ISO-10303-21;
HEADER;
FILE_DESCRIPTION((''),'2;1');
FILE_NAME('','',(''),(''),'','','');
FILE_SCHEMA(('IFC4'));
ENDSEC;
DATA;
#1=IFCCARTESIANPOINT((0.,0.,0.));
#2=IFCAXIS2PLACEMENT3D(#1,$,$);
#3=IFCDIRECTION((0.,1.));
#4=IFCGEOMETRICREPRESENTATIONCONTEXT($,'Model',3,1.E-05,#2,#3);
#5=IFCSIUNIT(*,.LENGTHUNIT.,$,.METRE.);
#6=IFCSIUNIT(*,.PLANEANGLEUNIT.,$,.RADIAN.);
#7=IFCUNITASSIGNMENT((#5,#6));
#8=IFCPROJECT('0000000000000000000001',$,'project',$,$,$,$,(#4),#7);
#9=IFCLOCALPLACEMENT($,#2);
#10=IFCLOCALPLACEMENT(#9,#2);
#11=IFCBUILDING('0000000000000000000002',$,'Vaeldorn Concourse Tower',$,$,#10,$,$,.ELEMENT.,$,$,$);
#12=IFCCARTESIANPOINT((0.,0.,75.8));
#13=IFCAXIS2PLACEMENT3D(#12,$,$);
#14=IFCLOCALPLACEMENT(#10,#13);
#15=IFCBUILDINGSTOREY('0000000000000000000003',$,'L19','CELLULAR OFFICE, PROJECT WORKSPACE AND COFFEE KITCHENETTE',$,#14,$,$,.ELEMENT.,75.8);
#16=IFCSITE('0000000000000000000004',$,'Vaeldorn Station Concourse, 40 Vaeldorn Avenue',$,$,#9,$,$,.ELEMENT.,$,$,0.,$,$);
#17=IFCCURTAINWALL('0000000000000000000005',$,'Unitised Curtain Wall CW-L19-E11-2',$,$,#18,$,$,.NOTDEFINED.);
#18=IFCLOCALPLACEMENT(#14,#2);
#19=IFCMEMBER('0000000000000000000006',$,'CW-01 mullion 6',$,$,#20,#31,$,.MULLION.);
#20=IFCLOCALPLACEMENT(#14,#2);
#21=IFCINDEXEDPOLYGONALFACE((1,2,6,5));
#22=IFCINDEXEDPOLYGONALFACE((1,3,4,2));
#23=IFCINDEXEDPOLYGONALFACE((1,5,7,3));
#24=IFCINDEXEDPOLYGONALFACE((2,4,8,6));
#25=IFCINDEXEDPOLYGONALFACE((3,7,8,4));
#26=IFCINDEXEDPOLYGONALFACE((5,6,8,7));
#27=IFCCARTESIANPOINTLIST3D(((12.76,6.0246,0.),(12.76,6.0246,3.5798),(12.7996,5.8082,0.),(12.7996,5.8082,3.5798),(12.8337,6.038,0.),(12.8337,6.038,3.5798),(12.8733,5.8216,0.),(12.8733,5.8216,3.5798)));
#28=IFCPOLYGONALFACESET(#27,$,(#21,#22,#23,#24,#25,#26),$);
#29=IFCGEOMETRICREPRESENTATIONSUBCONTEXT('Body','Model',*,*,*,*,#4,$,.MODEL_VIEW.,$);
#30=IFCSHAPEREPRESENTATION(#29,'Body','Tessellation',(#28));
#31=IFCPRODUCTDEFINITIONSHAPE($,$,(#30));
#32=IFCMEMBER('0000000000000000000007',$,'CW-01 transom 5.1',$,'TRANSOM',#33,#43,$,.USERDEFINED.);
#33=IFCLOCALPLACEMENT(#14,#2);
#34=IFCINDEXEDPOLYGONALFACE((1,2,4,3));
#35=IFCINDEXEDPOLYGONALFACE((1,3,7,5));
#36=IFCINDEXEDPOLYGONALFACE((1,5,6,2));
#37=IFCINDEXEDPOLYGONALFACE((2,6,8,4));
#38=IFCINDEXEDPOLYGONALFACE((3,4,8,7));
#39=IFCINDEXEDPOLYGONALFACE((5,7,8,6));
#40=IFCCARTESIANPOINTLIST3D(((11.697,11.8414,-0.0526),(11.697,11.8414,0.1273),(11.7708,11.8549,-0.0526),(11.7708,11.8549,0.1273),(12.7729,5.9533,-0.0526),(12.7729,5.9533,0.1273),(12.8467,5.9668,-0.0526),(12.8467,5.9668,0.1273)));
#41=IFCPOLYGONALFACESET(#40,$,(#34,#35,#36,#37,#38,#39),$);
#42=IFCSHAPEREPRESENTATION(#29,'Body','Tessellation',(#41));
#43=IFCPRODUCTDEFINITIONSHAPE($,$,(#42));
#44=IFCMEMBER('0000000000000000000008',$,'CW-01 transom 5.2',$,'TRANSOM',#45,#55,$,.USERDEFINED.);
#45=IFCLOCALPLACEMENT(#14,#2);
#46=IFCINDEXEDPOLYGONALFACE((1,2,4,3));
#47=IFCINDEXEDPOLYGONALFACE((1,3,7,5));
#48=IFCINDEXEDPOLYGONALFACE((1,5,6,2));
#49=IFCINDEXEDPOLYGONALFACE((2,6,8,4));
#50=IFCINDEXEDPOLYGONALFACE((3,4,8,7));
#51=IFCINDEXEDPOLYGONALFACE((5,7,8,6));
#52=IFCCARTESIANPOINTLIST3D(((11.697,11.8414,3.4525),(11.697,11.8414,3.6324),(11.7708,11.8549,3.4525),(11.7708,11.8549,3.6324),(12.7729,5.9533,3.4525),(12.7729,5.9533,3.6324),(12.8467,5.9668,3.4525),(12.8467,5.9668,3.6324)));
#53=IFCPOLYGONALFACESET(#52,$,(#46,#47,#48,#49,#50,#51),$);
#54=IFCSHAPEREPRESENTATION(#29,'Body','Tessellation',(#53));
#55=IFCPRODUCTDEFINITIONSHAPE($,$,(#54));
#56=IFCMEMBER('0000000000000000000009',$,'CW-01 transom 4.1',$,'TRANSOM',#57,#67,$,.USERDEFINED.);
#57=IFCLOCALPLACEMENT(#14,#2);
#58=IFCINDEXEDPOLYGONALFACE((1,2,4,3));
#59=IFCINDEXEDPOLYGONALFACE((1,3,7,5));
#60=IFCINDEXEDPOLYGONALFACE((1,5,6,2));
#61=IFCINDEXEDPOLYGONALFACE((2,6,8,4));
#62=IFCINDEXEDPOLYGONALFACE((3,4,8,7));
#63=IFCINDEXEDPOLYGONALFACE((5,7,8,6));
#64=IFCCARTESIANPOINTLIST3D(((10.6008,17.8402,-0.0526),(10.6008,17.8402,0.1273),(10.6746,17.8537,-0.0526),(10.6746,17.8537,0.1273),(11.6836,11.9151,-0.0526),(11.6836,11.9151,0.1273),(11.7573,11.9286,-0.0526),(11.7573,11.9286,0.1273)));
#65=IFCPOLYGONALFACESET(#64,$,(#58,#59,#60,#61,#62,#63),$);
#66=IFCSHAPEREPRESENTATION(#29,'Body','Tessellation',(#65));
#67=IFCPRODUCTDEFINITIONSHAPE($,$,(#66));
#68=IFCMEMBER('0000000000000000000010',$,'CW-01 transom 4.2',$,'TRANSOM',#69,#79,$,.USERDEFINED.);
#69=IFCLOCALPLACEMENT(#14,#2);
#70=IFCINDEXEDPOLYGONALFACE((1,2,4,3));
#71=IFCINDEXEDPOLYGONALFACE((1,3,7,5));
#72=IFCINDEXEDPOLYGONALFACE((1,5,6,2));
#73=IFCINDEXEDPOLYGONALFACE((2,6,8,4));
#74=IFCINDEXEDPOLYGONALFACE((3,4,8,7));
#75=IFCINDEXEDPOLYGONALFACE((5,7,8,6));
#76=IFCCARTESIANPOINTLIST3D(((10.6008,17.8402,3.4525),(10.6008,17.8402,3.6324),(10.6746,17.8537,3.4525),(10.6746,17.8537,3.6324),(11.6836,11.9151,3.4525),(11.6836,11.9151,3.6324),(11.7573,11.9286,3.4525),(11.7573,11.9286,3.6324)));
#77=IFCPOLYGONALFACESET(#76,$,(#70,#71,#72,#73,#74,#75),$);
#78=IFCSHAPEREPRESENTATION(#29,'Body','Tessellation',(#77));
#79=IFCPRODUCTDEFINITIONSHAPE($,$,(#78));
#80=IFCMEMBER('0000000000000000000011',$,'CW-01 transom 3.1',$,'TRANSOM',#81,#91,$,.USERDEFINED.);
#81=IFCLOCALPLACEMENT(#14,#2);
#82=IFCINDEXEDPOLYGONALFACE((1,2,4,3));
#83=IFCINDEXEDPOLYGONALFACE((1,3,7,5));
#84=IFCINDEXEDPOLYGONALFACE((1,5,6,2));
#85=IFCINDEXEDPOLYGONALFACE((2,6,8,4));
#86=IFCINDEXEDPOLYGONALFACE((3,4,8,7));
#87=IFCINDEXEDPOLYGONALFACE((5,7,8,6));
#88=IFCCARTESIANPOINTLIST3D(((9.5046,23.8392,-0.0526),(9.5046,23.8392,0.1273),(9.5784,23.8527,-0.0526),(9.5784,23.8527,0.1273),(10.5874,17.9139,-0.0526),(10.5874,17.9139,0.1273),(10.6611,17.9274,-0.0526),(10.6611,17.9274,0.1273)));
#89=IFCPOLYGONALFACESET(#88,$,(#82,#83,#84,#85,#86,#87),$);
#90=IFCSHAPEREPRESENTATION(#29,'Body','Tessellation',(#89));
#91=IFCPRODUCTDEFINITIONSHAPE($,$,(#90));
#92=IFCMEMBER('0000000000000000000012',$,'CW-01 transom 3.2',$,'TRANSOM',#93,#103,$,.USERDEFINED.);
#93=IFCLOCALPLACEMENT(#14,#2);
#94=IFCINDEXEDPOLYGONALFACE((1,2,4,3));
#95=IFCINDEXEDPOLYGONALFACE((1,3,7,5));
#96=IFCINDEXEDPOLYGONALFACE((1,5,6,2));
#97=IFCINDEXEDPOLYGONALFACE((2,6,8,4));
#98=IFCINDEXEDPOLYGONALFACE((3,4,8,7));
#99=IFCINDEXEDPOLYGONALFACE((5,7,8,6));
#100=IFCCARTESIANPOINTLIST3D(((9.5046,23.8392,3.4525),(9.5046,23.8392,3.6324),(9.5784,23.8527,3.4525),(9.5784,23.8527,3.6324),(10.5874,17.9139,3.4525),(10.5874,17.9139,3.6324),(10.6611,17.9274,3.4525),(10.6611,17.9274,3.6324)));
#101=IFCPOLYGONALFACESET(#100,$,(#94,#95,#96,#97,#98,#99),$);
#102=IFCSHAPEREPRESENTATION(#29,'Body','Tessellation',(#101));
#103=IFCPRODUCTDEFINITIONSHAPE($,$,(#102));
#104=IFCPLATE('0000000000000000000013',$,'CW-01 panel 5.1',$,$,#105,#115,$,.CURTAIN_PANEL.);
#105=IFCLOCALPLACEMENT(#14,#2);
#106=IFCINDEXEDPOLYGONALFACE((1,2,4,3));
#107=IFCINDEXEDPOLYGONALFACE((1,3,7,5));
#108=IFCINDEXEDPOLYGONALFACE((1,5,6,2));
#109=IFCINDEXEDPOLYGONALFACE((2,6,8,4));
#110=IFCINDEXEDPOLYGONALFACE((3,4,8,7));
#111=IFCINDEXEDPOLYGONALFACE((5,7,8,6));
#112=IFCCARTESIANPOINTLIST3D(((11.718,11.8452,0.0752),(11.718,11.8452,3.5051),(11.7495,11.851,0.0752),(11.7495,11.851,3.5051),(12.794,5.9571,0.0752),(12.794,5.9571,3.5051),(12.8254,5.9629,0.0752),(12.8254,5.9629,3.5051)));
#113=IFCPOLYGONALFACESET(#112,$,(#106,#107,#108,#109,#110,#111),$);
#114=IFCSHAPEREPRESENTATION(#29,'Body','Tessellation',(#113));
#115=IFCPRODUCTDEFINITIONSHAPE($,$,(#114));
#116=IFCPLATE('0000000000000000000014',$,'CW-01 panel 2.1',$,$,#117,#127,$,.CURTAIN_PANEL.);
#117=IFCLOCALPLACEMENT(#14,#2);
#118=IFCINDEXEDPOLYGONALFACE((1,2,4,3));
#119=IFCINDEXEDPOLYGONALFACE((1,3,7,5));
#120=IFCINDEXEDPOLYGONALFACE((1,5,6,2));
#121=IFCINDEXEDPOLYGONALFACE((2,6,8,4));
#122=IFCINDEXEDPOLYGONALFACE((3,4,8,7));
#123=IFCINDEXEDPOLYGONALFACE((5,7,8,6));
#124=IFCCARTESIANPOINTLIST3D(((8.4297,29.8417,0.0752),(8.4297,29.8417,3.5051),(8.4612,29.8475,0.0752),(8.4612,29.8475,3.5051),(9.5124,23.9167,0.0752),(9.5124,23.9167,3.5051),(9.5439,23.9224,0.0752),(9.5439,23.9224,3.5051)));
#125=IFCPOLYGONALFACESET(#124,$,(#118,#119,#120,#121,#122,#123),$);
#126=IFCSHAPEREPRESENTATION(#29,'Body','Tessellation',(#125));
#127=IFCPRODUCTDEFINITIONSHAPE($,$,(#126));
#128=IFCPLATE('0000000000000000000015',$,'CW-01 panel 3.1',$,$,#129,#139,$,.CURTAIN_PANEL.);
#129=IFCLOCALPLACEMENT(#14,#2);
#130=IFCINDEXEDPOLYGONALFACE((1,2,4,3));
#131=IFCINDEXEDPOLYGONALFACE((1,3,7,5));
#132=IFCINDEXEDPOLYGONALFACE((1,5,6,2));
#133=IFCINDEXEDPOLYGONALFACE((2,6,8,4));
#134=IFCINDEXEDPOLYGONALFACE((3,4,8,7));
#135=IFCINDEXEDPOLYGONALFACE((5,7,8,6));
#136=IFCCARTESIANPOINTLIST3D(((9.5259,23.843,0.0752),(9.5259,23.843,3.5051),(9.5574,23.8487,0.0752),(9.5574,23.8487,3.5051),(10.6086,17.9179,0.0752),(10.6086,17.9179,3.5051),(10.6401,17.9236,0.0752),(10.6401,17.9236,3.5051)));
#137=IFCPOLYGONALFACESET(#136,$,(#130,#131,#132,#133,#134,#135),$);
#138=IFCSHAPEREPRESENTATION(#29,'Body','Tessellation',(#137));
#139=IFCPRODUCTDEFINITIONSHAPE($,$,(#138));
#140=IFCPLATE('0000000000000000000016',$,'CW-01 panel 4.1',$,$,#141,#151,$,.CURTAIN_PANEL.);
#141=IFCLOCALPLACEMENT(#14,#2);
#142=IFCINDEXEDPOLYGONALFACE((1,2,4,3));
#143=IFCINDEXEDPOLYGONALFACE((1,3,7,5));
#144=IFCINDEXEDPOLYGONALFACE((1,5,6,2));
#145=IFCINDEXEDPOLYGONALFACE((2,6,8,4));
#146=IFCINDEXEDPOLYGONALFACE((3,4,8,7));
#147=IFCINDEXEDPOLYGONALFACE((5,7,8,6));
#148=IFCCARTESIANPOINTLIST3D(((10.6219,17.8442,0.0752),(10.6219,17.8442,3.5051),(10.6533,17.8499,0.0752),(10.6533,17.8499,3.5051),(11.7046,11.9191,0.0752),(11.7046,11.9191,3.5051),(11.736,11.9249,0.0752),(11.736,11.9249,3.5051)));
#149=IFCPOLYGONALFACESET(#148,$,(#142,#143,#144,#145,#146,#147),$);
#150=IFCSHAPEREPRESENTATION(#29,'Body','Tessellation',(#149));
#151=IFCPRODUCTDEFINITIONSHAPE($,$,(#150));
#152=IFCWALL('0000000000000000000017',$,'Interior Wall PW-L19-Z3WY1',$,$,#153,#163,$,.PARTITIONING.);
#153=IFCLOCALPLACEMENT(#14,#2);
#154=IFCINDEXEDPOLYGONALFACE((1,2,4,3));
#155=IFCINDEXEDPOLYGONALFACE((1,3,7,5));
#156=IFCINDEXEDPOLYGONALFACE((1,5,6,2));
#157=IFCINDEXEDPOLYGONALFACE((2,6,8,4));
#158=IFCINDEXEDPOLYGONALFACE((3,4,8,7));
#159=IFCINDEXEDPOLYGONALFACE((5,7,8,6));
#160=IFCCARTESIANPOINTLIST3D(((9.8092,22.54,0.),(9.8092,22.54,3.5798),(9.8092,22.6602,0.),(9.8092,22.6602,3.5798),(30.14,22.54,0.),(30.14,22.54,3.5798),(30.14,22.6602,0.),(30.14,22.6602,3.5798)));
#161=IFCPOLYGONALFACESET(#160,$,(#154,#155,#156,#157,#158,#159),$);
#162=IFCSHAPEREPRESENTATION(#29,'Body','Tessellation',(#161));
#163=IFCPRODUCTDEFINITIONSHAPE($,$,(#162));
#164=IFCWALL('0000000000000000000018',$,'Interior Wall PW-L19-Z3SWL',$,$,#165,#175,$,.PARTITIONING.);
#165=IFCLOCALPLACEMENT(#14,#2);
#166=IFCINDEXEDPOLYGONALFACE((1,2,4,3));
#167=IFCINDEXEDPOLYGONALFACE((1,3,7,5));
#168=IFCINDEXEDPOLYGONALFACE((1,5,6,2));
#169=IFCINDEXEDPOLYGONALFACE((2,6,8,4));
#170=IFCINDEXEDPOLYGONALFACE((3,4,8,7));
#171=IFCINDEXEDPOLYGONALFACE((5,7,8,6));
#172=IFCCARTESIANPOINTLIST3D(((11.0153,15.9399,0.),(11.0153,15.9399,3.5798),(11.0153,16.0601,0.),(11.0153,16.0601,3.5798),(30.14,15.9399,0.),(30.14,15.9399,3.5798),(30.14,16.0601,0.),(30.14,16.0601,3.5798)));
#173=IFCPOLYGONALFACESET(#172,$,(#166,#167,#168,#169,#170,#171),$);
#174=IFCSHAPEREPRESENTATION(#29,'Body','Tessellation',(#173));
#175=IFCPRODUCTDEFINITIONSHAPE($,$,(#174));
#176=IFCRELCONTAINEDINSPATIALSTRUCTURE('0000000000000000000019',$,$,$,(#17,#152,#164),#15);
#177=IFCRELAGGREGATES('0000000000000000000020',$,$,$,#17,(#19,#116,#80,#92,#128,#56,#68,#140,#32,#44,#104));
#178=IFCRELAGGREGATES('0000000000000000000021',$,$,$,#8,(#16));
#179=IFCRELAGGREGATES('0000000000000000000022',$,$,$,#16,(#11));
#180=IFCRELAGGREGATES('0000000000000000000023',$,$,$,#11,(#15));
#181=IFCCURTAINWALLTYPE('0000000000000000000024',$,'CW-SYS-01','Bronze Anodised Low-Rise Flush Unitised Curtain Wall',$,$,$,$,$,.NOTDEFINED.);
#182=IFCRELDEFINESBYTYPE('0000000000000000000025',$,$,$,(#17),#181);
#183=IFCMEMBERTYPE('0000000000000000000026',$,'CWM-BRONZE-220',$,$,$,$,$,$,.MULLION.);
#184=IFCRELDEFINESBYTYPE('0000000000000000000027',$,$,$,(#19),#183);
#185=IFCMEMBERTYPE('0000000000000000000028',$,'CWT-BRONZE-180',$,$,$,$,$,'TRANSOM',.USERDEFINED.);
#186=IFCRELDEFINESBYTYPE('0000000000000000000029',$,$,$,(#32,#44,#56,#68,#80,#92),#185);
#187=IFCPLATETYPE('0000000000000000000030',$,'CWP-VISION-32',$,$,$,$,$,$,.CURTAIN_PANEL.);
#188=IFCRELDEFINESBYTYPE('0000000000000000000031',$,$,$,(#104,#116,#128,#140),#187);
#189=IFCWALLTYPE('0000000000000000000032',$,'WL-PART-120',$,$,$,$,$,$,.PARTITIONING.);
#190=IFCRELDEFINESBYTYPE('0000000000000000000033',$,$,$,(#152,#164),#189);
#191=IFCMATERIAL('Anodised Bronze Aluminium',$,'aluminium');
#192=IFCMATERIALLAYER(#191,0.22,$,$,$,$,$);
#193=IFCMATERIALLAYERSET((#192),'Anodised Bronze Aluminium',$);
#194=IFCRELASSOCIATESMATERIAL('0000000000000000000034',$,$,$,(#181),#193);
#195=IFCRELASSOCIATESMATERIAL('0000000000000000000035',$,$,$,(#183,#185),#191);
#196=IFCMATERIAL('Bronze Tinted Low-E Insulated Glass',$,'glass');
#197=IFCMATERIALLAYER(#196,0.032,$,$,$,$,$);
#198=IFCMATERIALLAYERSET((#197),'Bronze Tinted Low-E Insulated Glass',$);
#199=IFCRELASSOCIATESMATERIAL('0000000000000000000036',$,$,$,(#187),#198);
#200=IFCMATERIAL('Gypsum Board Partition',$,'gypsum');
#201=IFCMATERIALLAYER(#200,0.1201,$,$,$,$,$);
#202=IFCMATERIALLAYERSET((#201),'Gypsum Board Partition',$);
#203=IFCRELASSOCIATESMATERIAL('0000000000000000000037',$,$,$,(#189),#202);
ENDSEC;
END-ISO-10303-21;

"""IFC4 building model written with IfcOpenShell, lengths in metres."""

from ifc_helpers import new_model, si_unit, direction, frame, frame_2d, origin, origin_2d, place, context, subcontext, project, spatial, rectangle, extrude, source, transform, mapped, material, layer, layer_set, material_profile, profile_set, type_object, element, aggregate, save


model = new_model("IFC4")

# Units and contexts
model_context = context("Model", 3, precision=1e-05, world=origin(), true_north=direction((0.0, 1.0)))
body_context = subcontext(model_context, "Body", "Model", "MODEL_VIEW")
ifc_project = project(units=[si_unit("LENGTHUNIT", "METRE"), si_unit("PLANEANGLEUNIT", "RADIAN")], contexts=[model_context])

# Site, building, storey
site_placement = place(None, origin())
site = spatial("IfcSite", under=ifc_project, at=site_placement, Name="Vaeldorn Station Concourse, 40 Vaeldorn Avenue", CompositionType="ELEMENT", RefElevation=0.0)
building_placement = place(site_placement, origin())
building = spatial("IfcBuilding", under=site, at=building_placement, Name="Vaeldorn Concourse Tower", CompositionType="ELEMENT")
storey_placement = place(building_placement, frame((0.0, 0.0, 75.8)))
storey = spatial("IfcBuildingStorey", under=building, at=storey_placement, Name="L19", Description="CELLULAR OFFICE, PROJECT WORKSPACE AND COFFEE KITCHENETTE", CompositionType="ELEMENT", Elevation=75.8)

# Curtain wall, members, plates
ifc_material_1 = material(Name="Anodised Bronze Aluminium", Category="aluminium")
ifc_layer_1 = layer(ifc_material_1, 0.22)
ifc_layer_set_1 = layer_set([ifc_layer_1], Name="Anodised Bronze Aluminium")
curtain_wall_type = type_object("IfcCurtainWallType", Name="CW-SYS-01", Description="Bronze Anodised Low-Rise Flush Unitised Curtain Wall", PredefinedType="NOTDEFINED", material=ifc_layer_set_1)
curtain_wall_placement = place(storey_placement, origin())
curtain_wall = element("IfcCurtainWall", 1, at=curtain_wall_placement, inside=storey, type_object=curtain_wall_type, Name="Unitised Curtain Wall CW-L19-E11-2", PredefinedType="NOTDEFINED")
ifc_material_profile_1 = material_profile(ifc_material_1, rectangle(XDim=0.075, YDim=0.22, at=origin_2d()), Name="CWM 75x220")
ifc_profile_set_1 = profile_set([ifc_material_profile_1], Name="Anodised Bronze Aluminium")
member_type_1 = type_object("IfcMemberType", Name="CWM-BRONZE-220", PredefinedType="MULLION", material=ifc_profile_set_1)
shared_shape_1 = source(origin(), body_context, "Body", "SweptSolid", [
    extrude(rectangle(XDim=0.075, YDim=0.22, at=origin_2d()), origin(), (0.0, 0.0, 1.0), 3.5798),
])
member_1_placement = place(storey_placement, frame((12.8167, 5.9231, 0.0), z_axis=(0.0, 0.0, 1.0), x_axis=(0.983712, 0.179751, 0.0)))
member_1 = element("IfcMember", 2, at=member_1_placement, type_object=member_type_1, Name="CW-01 mullion 6", PredefinedType="MULLION", context=body_context, shape_type="MappedRepresentation", body=[
    mapped(shared_shape_1, transform((0.0, 0.0, 0.0), scale=1.0)),
])
ifc_material_profile_2 = material_profile(ifc_material_1, rectangle(XDim=0.075, YDim=0.1799, at=origin_2d()), Name="CWT 75x180")
ifc_profile_set_2 = profile_set([ifc_material_profile_2], Name="Anodised Bronze Aluminium")
member_type_2 = type_object("IfcMemberType", Name="CWT-BRONZE-180", ElementType="TRANSOM", PredefinedType="USERDEFINED", material=ifc_profile_set_2)
shared_shape_2 = source(origin(), body_context, "Body", "SweptSolid", [
    extrude(rectangle(XDim=0.075, YDim=0.1799, at=origin_2d()), origin(), (0.0, 0.0, 1.0), 5.9856),
])
member_2_placement = place(storey_placement, frame((11.7339, 11.8481, 0.0374), z_axis=(0.17975, -0.983712, 0.0), x_axis=(0.983712, 0.17975, 0.0)))
member_2 = element("IfcMember", 3, at=member_2_placement, type_object=member_type_2, Name="CW-01 transom 5.1", ObjectType="TRANSOM", PredefinedType="USERDEFINED", context=body_context, shape_type="MappedRepresentation", body=[
    mapped(shared_shape_2, transform((0.0, 0.0, 0.0), scale=1.0)),
])
member_3_placement = place(storey_placement, frame((11.7339, 11.8481, 3.5425), z_axis=(0.17975, -0.983712, 0.0), x_axis=(0.983712, 0.17975, 0.0)))
member_3 = element("IfcMember", 4, at=member_3_placement, type_object=member_type_2, Name="CW-01 transom 5.2", ObjectType="TRANSOM", PredefinedType="USERDEFINED", context=body_context, shape_type="MappedRepresentation", body=[
    mapped(shared_shape_2, transform((0.0, 0.0, 0.0), scale=1.0)),
])
shared_shape_3 = source(origin(), body_context, "Body", "SweptSolid", [
    extrude(rectangle(XDim=0.075, YDim=0.1799, at=origin_2d()), origin(), (0.0, 0.0, 1.0), 6.0232),
])
member_4_placement = place(storey_placement, frame((10.6377, 17.8469, 0.0374), z_axis=(0.179766, -0.983709, 0.0), x_axis=(0.983709, 0.179766, 0.0)))
member_4 = element("IfcMember", 5, at=member_4_placement, type_object=member_type_2, Name="CW-01 transom 4.1", ObjectType="TRANSOM", PredefinedType="USERDEFINED", context=body_context, shape_type="MappedRepresentation", body=[
    mapped(shared_shape_3, transform((0.0, 0.0, 0.0), scale=1.0)),
])
member_5_placement = place(storey_placement, frame((10.6377, 17.8469, 3.5425), z_axis=(0.179766, -0.983709, 0.0), x_axis=(0.983709, 0.179766, 0.0)))
member_5 = element("IfcMember", 6, at=member_5_placement, type_object=member_type_2, Name="CW-01 transom 4.2", ObjectType="TRANSOM", PredefinedType="USERDEFINED", context=body_context, shape_type="MappedRepresentation", body=[
    mapped(shared_shape_3, transform((0.0, 0.0, 0.0), scale=1.0)),
])
shared_shape_4 = source(origin(), body_context, "Body", "SweptSolid", [
    extrude(rectangle(XDim=0.075, YDim=0.1799, at=origin_2d()), origin(), (0.0, 0.0, 1.0), 6.0234),
])
member_6_placement = place(storey_placement, frame((9.5415, 23.8459, 0.0374), z_axis=(0.179759, -0.983711, 0.0), x_axis=(0.983711, 0.179759, 0.0)))
member_6 = element("IfcMember", 7, at=member_6_placement, type_object=member_type_2, Name="CW-01 transom 3.1", ObjectType="TRANSOM", PredefinedType="USERDEFINED", context=body_context, shape_type="MappedRepresentation", body=[
    mapped(shared_shape_4, transform((0.0, 0.0, 0.0), scale=1.0)),
])
member_7_placement = place(storey_placement, frame((9.5415, 23.8459, 3.5425), z_axis=(0.179759, -0.983711, 0.0), x_axis=(0.983711, 0.179759, 0.0)))
member_7 = element("IfcMember", 8, at=member_7_placement, type_object=member_type_2, Name="CW-01 transom 3.2", ObjectType="TRANSOM", PredefinedType="USERDEFINED", context=body_context, shape_type="MappedRepresentation", body=[
    mapped(shared_shape_4, transform((0.0, 0.0, 0.0), scale=1.0)),
])
ifc_material_2 = material(Name="Bronze Tinted Low-E Insulated Glass", Category="glass")
ifc_layer_2 = layer(ifc_material_2, 0.032)
ifc_layer_set_2 = layer_set([ifc_layer_2], Name="Bronze Tinted Low-E Insulated Glass")
plate_type = type_object("IfcPlateType", Name="CWP-VISION-32", PredefinedType="CURTAIN_PANEL", material=ifc_layer_set_2)
shared_shape_5 = source(origin(), body_context, "Body", "SweptSolid", [
    extrude(rectangle(XDim=5.9856, YDim=0.032, at=origin_2d()), origin(), (0.0, 0.0, 1.0), 3.4299),
])
plate_1_placement = place(storey_placement, frame((12.2717, 8.9041, 0.0752), z_axis=(0.0, 0.0, 1.0), x_axis=(0.179751, -0.983712, 0.0)))
plate_1 = element("IfcPlate", 9, at=plate_1_placement, type_object=plate_type, Name="CW-01 panel 5.1", PredefinedType="CURTAIN_PANEL", context=body_context, shape_type="MappedRepresentation", body=[
    mapped(shared_shape_5, transform((0.0, 0.0, 0.0), scale=1.0)),
])
shared_shape_6 = source(origin(), body_context, "Body", "SweptSolid", [
    extrude(rectangle(XDim=6.0232, YDim=0.032, at=origin_2d()), origin(), (0.0, 0.0, 1.0), 3.4299),
])
plate_2_placement = place(storey_placement, frame((8.9868, 26.8821, 0.0752), z_axis=(0.0, 0.0, 1.0), x_axis=(0.179751, -0.983712, 0.0)))
plate_2 = element("IfcPlate", 10, at=plate_2_placement, type_object=plate_type, Name="CW-01 panel 2.1", PredefinedType="CURTAIN_PANEL", context=body_context, shape_type="MappedRepresentation", body=[
    mapped(shared_shape_6, transform((0.0, 0.0, 0.0), scale=1.0)),
])
plate_3_placement = place(storey_placement, frame((10.083, 20.8833, 0.0752), z_axis=(0.0, 0.0, 1.0), x_axis=(0.179751, -0.983712, 0.0)))
plate_3 = element("IfcPlate", 11, at=plate_3_placement, type_object=plate_type, Name="CW-01 panel 3.1", PredefinedType="CURTAIN_PANEL", context=body_context, shape_type="MappedRepresentation", body=[
    mapped(shared_shape_6, transform((0.0, 0.0, 0.0), scale=1.0)),
])
plate_4_placement = place(storey_placement, frame((11.179, 14.8845, 0.0752), z_axis=(0.0, 0.0, 1.0), x_axis=(0.179751, -0.983712, 0.0)))
plate_4 = element("IfcPlate", 12, at=plate_4_placement, type_object=plate_type, Name="CW-01 panel 4.1", PredefinedType="CURTAIN_PANEL", context=body_context, shape_type="MappedRepresentation", body=[
    mapped(shared_shape_6, transform((0.0, 0.0, 0.0), scale=1.0)),
])
aggregate(curtain_wall, [member_1, plate_2, member_6, member_7, plate_3, member_4, member_5, plate_4, member_2, member_3, plate_1])

# Walls
ifc_material_3 = material(Name="Gypsum Board Partition", Category="gypsum")
ifc_layer_3 = layer(ifc_material_3, 0.1201)
ifc_layer_set_3 = layer_set([ifc_layer_3], Name="Gypsum Board Partition")
wall_type = type_object("IfcWallType", Name="WL-PART-120", PredefinedType="PARTITIONING", material=ifc_layer_set_3)
wall_1_placement = place(storey_placement, frame((9.8091, 22.6001, 0.0), z_axis=(0.0, 0.0, 1.0), x_axis=(1.0, 0.0, 0.0)))
element("IfcWall", 13, at=wall_1_placement, inside=storey, type_object=wall_type, Name="Interior Wall PW-L19-Z3WY1", PredefinedType="PARTITIONING", context=body_context, shape_type="SweptSolid", body=[
    extrude(rectangle(XDim=20.3308, YDim=0.1201, at=frame_2d((10.1655, 0.0))), origin(), (0.0, 0.0, 1.0), 3.5798),
])
wall_2_placement = place(storey_placement, frame((11.0151, 16.0, 0.0), z_axis=(0.0, 0.0, 1.0), x_axis=(1.0, 0.0, 0.0)))
element("IfcWall", 14, at=wall_2_placement, inside=storey, type_object=wall_type, Name="Interior Wall PW-L19-Z3SWL", PredefinedType="PARTITIONING", context=body_context, shape_type="SweptSolid", body=[
    extrude(rectangle(XDim=19.1248, YDim=0.1201, at=frame_2d((9.5625, 0.0))), origin(), (0.0, 0.0, 1.0), 3.5798),
])

save(model, "model.ifc")
